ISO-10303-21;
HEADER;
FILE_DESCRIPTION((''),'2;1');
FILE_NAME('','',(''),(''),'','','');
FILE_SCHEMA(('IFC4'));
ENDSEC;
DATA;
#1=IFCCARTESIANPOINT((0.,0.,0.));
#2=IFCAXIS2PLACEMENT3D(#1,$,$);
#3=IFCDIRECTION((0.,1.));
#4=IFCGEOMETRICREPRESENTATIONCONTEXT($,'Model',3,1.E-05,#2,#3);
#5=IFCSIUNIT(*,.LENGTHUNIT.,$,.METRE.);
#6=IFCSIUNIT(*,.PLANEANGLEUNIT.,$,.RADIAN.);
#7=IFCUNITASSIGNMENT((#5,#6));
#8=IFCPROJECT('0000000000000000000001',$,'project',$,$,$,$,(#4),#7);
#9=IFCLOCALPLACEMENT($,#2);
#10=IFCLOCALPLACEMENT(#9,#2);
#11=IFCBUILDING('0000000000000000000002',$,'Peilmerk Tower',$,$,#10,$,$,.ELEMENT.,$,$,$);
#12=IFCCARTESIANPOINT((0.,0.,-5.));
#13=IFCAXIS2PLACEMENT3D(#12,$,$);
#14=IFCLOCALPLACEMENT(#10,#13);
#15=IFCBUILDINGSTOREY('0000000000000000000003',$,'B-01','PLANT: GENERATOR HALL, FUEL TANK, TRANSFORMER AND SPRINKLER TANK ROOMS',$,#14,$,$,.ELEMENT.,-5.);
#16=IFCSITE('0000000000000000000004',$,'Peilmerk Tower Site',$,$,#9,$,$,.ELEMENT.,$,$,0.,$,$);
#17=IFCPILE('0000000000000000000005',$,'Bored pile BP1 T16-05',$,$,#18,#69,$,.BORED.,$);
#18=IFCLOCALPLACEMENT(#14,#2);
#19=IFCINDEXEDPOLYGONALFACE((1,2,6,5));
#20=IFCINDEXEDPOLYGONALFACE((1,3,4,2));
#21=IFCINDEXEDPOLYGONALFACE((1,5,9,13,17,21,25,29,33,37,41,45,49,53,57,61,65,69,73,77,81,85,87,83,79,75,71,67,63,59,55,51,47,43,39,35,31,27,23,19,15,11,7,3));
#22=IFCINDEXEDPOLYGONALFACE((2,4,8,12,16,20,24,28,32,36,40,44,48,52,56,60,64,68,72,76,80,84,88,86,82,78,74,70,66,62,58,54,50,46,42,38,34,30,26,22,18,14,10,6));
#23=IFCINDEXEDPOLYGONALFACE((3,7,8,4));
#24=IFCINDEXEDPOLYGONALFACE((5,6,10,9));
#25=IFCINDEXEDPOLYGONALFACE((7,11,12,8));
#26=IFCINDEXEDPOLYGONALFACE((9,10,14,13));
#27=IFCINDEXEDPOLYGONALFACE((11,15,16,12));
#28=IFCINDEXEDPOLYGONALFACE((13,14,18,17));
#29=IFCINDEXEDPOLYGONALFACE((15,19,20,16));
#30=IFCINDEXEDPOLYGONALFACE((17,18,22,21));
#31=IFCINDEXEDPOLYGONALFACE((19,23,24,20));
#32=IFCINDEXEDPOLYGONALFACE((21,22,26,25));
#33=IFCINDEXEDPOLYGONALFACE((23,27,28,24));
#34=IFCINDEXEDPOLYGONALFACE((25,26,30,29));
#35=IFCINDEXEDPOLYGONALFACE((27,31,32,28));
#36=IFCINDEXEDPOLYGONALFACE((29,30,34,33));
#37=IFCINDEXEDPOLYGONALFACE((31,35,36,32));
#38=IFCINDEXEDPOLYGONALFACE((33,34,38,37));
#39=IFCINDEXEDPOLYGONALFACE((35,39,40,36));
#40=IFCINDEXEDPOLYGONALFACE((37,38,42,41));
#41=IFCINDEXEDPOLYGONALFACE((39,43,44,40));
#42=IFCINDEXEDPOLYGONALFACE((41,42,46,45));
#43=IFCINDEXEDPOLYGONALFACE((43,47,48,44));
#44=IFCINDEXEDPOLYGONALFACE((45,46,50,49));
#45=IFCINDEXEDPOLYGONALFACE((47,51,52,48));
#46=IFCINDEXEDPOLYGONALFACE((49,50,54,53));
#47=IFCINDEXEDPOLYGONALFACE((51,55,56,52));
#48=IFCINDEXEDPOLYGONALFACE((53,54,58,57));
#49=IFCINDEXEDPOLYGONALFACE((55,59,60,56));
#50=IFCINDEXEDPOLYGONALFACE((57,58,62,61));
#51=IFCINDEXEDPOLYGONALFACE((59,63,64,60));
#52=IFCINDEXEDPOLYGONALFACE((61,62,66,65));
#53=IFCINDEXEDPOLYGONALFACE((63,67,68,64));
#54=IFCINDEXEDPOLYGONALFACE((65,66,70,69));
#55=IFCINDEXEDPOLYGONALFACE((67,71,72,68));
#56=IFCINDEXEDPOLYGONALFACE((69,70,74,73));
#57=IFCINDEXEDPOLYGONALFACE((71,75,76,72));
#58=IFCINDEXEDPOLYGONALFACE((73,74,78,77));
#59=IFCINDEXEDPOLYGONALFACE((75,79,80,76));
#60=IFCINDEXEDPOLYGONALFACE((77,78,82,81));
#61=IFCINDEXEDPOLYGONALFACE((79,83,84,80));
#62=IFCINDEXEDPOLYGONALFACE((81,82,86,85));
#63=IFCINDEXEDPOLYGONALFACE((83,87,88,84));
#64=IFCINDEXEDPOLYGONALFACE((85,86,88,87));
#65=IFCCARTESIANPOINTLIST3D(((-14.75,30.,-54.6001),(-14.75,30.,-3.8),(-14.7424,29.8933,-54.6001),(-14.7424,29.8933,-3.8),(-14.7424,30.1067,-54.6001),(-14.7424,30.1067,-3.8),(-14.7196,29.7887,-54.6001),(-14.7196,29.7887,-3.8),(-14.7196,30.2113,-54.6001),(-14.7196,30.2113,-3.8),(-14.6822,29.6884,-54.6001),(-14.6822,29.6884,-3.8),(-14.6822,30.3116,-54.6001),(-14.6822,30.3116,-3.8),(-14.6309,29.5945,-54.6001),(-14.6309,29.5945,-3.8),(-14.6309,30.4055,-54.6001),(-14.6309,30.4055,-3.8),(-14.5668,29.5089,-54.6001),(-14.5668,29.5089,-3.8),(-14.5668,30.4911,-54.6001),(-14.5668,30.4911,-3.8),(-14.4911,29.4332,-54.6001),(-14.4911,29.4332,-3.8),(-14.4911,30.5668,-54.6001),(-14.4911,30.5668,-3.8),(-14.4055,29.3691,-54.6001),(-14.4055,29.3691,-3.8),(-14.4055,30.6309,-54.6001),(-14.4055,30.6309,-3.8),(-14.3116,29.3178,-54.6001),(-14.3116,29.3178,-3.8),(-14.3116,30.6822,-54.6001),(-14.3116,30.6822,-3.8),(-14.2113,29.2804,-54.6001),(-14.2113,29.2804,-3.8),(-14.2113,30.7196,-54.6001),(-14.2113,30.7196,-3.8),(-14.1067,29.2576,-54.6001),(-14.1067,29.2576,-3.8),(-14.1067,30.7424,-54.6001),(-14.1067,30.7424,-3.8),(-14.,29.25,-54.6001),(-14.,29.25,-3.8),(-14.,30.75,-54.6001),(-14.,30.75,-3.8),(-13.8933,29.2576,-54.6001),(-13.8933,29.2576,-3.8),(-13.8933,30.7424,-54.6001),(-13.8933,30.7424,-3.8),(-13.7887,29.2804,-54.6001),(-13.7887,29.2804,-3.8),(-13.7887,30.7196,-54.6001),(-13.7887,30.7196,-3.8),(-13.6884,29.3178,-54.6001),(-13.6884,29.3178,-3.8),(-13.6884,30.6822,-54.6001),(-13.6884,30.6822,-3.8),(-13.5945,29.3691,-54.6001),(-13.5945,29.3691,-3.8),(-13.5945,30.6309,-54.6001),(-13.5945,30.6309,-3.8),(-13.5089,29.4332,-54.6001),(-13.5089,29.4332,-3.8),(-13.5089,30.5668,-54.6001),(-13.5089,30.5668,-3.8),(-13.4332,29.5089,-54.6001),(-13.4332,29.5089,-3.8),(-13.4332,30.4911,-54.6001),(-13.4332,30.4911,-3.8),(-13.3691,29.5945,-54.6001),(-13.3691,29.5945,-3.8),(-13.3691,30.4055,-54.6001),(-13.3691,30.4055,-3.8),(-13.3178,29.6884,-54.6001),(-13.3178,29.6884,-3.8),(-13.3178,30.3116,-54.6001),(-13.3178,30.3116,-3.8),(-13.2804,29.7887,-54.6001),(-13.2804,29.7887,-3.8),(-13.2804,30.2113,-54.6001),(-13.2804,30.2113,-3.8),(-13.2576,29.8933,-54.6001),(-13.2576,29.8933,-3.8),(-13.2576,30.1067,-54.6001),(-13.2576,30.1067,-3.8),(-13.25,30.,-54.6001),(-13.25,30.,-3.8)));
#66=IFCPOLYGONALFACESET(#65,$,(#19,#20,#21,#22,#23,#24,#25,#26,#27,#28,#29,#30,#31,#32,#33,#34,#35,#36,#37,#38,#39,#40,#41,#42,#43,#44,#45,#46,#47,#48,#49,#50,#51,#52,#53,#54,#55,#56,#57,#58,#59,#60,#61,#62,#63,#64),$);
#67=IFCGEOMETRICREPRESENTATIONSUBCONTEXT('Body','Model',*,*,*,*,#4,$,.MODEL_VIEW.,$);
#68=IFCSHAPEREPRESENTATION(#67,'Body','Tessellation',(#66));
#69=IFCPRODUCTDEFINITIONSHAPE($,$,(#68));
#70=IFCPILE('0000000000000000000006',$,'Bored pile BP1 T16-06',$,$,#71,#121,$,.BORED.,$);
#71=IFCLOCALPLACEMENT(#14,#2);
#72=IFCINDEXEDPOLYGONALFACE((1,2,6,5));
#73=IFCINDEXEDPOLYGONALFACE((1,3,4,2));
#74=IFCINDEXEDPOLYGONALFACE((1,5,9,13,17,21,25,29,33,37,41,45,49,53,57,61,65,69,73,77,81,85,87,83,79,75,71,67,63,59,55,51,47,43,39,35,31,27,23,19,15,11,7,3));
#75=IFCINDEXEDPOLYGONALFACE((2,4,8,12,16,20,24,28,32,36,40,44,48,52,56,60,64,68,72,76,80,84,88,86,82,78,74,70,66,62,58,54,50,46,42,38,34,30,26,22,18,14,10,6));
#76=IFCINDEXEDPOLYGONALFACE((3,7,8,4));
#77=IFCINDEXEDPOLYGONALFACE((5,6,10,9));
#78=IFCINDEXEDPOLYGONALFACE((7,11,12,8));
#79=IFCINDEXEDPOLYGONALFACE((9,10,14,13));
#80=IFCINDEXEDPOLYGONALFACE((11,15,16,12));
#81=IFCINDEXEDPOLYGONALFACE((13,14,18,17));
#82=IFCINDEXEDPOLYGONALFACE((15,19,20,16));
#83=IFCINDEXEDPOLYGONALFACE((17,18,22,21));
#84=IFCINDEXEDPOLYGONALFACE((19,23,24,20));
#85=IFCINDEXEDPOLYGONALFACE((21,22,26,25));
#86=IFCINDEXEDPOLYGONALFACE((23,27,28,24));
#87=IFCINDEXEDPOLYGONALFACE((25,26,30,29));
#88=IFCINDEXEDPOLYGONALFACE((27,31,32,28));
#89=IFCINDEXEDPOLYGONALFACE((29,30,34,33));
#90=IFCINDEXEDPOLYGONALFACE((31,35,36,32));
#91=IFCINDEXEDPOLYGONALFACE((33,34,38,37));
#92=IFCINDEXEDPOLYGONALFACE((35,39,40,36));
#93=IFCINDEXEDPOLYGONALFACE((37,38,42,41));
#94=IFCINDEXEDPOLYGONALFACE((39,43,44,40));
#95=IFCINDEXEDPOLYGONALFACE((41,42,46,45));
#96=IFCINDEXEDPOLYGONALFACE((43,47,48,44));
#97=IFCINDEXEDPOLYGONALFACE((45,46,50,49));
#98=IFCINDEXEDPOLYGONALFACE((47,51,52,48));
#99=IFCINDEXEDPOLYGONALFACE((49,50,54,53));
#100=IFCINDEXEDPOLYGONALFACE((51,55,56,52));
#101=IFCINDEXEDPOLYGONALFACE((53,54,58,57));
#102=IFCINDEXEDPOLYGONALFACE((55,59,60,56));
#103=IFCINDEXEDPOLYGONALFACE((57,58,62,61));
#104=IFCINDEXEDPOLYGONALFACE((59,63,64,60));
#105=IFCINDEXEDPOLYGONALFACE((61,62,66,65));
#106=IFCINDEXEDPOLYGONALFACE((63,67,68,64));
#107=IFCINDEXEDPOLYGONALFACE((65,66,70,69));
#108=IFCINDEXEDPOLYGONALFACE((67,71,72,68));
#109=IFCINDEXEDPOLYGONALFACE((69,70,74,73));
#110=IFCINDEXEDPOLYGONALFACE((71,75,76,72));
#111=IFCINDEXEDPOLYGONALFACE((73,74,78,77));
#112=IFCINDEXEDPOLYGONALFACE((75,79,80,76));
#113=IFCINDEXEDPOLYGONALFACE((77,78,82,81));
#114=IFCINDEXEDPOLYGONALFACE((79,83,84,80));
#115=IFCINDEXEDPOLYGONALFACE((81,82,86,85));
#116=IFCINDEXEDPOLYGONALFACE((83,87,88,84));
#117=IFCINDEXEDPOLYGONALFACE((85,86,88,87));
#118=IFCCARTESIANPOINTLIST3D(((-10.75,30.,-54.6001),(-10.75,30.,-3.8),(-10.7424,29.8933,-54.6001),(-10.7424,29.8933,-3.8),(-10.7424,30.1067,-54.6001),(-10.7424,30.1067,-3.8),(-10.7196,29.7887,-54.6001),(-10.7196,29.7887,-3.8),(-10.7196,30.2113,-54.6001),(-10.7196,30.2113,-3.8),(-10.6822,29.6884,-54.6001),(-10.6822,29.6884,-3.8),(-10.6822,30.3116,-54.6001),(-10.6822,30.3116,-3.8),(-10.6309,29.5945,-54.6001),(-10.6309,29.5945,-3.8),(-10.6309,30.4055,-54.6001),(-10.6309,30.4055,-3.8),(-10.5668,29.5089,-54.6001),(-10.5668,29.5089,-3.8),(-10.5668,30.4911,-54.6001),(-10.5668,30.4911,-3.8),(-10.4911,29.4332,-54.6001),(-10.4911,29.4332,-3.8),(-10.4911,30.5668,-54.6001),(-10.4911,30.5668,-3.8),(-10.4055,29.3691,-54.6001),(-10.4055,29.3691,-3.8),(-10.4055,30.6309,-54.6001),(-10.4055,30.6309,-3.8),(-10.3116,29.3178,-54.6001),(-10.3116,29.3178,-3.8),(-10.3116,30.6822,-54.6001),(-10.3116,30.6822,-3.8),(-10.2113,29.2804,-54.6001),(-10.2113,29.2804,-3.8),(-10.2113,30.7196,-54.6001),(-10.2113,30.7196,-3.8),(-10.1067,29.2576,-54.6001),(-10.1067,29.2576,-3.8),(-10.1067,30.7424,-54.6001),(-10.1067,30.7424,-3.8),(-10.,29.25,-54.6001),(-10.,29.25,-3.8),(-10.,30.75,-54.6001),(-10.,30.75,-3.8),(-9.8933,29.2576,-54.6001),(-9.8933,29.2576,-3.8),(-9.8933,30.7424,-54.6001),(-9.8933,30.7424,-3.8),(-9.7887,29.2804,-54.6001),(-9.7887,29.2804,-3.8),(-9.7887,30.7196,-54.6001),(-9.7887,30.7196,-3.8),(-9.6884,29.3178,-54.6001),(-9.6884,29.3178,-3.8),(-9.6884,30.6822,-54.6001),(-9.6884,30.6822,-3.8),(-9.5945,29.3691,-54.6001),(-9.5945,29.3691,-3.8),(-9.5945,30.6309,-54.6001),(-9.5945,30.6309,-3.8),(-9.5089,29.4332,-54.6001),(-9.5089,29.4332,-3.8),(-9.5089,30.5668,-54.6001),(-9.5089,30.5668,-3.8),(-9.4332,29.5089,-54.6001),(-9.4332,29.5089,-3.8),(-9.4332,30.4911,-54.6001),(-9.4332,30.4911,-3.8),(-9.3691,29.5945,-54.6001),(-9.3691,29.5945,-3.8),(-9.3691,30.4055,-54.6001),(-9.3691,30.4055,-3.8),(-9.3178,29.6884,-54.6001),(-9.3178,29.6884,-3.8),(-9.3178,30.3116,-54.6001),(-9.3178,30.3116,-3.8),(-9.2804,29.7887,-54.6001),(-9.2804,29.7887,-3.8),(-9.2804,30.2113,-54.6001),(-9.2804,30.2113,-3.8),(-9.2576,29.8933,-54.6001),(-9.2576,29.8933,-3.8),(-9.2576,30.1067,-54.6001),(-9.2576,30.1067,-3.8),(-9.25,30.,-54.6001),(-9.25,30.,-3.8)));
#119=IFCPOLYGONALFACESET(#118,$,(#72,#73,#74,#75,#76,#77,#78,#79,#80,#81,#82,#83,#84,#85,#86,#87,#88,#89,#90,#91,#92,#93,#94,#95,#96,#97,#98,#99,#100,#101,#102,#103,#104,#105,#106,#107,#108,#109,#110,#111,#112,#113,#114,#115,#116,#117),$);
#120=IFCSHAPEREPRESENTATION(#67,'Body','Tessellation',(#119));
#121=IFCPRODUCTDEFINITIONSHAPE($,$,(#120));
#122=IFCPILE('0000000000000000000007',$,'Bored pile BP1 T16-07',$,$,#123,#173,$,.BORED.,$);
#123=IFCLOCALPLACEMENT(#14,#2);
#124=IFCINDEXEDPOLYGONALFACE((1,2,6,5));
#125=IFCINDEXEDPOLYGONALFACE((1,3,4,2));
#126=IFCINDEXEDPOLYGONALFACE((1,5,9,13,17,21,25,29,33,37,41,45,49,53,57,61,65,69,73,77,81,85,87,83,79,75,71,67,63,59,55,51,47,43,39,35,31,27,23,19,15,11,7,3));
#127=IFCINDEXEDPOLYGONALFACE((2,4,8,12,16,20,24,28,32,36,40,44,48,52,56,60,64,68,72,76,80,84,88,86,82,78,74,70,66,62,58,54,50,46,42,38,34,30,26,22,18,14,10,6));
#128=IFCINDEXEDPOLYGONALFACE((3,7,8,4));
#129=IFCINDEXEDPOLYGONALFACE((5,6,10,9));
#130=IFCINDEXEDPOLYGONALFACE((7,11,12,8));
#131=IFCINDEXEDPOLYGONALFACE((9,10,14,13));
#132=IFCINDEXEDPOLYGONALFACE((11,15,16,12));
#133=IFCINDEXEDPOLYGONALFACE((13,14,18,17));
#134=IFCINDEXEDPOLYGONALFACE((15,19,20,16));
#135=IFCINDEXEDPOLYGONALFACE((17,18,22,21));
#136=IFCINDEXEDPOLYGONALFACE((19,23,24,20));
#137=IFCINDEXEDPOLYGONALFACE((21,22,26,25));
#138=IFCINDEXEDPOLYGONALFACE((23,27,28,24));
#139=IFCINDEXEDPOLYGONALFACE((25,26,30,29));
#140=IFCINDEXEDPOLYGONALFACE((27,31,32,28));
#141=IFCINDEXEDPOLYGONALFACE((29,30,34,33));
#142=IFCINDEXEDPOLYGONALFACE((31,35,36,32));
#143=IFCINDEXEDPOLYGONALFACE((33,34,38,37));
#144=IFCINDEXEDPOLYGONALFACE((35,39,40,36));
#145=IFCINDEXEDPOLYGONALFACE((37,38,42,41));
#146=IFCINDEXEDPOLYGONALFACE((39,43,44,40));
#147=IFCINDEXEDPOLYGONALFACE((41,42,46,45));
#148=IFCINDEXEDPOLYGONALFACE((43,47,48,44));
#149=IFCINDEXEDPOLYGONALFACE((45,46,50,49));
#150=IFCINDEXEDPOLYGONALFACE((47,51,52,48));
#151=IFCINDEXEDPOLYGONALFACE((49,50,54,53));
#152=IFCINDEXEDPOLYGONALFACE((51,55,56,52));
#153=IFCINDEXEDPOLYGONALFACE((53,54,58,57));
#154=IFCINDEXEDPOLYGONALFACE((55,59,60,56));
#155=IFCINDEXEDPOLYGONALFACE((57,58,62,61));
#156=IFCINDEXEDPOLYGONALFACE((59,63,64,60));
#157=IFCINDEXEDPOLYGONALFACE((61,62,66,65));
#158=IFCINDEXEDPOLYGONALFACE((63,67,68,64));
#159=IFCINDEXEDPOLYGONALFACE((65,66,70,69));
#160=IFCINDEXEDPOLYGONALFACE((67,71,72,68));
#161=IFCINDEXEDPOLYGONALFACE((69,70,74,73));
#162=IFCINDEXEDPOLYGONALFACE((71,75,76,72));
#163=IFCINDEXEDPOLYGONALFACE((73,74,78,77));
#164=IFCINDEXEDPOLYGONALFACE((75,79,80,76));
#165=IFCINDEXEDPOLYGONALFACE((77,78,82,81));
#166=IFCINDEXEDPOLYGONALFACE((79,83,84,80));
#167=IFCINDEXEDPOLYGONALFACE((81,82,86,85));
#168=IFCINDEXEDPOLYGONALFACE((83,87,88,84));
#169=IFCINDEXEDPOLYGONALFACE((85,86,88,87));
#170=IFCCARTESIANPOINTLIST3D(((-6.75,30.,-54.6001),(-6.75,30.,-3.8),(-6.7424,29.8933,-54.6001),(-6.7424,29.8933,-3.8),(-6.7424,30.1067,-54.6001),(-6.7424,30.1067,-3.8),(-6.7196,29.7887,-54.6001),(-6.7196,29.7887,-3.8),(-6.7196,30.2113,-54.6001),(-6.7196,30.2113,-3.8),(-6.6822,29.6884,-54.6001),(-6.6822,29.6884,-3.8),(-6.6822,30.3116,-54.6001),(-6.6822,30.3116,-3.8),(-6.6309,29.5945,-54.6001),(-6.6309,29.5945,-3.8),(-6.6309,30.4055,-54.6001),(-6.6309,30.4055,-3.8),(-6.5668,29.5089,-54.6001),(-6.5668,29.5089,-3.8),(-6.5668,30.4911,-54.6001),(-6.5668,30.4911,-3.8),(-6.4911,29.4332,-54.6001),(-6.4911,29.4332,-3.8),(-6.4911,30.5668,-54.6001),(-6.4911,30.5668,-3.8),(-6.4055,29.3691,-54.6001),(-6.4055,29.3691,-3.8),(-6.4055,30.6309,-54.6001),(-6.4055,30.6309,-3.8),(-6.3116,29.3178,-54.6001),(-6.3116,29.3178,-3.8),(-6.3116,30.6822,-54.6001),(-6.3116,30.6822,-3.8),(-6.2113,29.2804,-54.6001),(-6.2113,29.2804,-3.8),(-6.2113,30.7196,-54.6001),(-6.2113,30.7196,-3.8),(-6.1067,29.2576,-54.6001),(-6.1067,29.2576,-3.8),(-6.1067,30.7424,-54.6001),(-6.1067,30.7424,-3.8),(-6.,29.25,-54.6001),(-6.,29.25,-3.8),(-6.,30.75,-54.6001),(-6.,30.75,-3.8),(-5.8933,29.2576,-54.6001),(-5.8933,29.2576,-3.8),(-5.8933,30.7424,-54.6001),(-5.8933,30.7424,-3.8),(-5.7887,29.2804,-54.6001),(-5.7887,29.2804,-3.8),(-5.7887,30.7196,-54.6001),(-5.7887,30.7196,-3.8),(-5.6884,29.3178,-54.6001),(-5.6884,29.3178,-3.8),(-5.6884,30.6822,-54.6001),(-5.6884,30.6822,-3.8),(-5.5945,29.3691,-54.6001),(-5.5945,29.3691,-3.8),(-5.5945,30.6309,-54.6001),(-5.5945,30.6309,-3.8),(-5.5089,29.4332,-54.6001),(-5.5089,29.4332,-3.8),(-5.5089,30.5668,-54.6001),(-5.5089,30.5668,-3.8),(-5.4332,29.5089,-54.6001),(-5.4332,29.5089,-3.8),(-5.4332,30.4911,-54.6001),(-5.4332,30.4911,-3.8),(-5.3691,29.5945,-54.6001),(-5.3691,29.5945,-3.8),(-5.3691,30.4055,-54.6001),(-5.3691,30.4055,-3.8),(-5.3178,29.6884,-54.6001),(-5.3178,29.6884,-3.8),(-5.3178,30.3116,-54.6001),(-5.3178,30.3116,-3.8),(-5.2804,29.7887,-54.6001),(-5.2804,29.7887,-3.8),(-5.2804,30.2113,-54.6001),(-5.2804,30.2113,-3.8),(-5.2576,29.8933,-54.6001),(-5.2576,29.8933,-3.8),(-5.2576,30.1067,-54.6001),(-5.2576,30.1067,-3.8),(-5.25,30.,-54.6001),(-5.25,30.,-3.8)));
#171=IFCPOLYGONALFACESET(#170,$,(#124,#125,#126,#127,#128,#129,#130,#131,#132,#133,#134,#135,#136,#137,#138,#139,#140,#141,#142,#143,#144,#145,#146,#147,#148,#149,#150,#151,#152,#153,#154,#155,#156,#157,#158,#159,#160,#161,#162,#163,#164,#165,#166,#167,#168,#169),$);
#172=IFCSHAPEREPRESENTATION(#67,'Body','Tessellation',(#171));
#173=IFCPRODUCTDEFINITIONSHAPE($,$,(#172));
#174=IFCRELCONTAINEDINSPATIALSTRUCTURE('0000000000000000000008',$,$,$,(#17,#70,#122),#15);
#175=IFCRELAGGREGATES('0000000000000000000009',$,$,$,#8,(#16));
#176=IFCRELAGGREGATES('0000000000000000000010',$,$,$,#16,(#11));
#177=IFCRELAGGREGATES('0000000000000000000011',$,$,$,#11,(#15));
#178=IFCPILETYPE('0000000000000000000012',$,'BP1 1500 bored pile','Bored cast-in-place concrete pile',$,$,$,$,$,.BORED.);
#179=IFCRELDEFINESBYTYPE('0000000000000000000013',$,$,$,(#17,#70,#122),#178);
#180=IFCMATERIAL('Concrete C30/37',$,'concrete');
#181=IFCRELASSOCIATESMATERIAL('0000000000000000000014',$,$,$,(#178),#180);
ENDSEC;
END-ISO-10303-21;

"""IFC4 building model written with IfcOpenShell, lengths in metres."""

from ifc_helpers import new_model, si_unit, direction, frame, origin, origin_2d, place, context, subcontext, project, spatial, circle, extrude, material, material_profile, profile_set, type_object, element, save


model = new_model("IFC4")

# Units and contexts
model_context = context("Model", 3, precision=1e-05, world=origin(), true_north=direction((0.0, 1.0)))
body_context = subcontext(model_context, "Body", "Model", "MODEL_VIEW")
ifc_project = project(units=[si_unit("LENGTHUNIT", "METRE"), si_unit("PLANEANGLEUNIT", "RADIAN")], contexts=[model_context])

# Site, building, storey
site_placement = place(None, origin())
site = spatial("IfcSite", under=ifc_project, at=site_placement, Name="Peilmerk Tower Site", CompositionType="ELEMENT", RefElevation=0.0)
building_placement = place(site_placement, origin())
building = spatial("IfcBuilding", under=site, at=building_placement, Name="Peilmerk Tower", CompositionType="ELEMENT")
storey_placement = place(building_placement, frame((0.0, 0.0, -5.0)))
storey = spatial("IfcBuildingStorey", under=building, at=storey_placement, Name="B-01", Description="PLANT: GENERATOR HALL, FUEL TANK, TRANSFORMER AND SPRINKLER TANK ROOMS", CompositionType="ELEMENT", Elevation=-5.0)

# Piles
ifc_material_1 = material(Name="Concrete C30/37", Category="concrete")
ifc_material_profile_1 = material_profile(ifc_material_1, circle(Radius=0.75, at=origin_2d()), Name="BP 1500")
ifc_profile_set_1 = profile_set([ifc_material_profile_1], Name="Concrete C30/37")
pile_type = type_object("IfcPileType", Name="BP1 1500 bored pile", Description="Bored cast-in-place concrete pile", PredefinedType="BORED", material=ifc_profile_set_1)
for number, where, z_axis, x_axis, name in (
    (1, (-14.0, 30.0, -3.8), (0.0, 0.0, -1.0), (1.0, 0.0, 0.0), "Bored pile BP1 T16-05"),
    (2, (-10.0, 30.0, -3.8), (0.0, 0.0, -1.0), (1.0, 0.0, 0.0), "Bored pile BP1 T16-06"),
    (3, (-6.0, 30.0, -3.8), (0.0, 0.0, -1.0), (1.0, 0.0, 0.0), "Bored pile BP1 T16-07"),
):
    element("IfcPile", number, at=place(storey_placement, frame(where, z_axis=z_axis, x_axis=x_axis)), inside=storey, type_object=pile_type, Name=name, PredefinedType="BORED", context=body_context, shape_type="SweptSolid", body=[
        extrude(circle(Radius=0.75, at=origin_2d()), origin(), (0.0, 0.0, 1.0), 50.8),
    ])

save(model, "model.ifc")
